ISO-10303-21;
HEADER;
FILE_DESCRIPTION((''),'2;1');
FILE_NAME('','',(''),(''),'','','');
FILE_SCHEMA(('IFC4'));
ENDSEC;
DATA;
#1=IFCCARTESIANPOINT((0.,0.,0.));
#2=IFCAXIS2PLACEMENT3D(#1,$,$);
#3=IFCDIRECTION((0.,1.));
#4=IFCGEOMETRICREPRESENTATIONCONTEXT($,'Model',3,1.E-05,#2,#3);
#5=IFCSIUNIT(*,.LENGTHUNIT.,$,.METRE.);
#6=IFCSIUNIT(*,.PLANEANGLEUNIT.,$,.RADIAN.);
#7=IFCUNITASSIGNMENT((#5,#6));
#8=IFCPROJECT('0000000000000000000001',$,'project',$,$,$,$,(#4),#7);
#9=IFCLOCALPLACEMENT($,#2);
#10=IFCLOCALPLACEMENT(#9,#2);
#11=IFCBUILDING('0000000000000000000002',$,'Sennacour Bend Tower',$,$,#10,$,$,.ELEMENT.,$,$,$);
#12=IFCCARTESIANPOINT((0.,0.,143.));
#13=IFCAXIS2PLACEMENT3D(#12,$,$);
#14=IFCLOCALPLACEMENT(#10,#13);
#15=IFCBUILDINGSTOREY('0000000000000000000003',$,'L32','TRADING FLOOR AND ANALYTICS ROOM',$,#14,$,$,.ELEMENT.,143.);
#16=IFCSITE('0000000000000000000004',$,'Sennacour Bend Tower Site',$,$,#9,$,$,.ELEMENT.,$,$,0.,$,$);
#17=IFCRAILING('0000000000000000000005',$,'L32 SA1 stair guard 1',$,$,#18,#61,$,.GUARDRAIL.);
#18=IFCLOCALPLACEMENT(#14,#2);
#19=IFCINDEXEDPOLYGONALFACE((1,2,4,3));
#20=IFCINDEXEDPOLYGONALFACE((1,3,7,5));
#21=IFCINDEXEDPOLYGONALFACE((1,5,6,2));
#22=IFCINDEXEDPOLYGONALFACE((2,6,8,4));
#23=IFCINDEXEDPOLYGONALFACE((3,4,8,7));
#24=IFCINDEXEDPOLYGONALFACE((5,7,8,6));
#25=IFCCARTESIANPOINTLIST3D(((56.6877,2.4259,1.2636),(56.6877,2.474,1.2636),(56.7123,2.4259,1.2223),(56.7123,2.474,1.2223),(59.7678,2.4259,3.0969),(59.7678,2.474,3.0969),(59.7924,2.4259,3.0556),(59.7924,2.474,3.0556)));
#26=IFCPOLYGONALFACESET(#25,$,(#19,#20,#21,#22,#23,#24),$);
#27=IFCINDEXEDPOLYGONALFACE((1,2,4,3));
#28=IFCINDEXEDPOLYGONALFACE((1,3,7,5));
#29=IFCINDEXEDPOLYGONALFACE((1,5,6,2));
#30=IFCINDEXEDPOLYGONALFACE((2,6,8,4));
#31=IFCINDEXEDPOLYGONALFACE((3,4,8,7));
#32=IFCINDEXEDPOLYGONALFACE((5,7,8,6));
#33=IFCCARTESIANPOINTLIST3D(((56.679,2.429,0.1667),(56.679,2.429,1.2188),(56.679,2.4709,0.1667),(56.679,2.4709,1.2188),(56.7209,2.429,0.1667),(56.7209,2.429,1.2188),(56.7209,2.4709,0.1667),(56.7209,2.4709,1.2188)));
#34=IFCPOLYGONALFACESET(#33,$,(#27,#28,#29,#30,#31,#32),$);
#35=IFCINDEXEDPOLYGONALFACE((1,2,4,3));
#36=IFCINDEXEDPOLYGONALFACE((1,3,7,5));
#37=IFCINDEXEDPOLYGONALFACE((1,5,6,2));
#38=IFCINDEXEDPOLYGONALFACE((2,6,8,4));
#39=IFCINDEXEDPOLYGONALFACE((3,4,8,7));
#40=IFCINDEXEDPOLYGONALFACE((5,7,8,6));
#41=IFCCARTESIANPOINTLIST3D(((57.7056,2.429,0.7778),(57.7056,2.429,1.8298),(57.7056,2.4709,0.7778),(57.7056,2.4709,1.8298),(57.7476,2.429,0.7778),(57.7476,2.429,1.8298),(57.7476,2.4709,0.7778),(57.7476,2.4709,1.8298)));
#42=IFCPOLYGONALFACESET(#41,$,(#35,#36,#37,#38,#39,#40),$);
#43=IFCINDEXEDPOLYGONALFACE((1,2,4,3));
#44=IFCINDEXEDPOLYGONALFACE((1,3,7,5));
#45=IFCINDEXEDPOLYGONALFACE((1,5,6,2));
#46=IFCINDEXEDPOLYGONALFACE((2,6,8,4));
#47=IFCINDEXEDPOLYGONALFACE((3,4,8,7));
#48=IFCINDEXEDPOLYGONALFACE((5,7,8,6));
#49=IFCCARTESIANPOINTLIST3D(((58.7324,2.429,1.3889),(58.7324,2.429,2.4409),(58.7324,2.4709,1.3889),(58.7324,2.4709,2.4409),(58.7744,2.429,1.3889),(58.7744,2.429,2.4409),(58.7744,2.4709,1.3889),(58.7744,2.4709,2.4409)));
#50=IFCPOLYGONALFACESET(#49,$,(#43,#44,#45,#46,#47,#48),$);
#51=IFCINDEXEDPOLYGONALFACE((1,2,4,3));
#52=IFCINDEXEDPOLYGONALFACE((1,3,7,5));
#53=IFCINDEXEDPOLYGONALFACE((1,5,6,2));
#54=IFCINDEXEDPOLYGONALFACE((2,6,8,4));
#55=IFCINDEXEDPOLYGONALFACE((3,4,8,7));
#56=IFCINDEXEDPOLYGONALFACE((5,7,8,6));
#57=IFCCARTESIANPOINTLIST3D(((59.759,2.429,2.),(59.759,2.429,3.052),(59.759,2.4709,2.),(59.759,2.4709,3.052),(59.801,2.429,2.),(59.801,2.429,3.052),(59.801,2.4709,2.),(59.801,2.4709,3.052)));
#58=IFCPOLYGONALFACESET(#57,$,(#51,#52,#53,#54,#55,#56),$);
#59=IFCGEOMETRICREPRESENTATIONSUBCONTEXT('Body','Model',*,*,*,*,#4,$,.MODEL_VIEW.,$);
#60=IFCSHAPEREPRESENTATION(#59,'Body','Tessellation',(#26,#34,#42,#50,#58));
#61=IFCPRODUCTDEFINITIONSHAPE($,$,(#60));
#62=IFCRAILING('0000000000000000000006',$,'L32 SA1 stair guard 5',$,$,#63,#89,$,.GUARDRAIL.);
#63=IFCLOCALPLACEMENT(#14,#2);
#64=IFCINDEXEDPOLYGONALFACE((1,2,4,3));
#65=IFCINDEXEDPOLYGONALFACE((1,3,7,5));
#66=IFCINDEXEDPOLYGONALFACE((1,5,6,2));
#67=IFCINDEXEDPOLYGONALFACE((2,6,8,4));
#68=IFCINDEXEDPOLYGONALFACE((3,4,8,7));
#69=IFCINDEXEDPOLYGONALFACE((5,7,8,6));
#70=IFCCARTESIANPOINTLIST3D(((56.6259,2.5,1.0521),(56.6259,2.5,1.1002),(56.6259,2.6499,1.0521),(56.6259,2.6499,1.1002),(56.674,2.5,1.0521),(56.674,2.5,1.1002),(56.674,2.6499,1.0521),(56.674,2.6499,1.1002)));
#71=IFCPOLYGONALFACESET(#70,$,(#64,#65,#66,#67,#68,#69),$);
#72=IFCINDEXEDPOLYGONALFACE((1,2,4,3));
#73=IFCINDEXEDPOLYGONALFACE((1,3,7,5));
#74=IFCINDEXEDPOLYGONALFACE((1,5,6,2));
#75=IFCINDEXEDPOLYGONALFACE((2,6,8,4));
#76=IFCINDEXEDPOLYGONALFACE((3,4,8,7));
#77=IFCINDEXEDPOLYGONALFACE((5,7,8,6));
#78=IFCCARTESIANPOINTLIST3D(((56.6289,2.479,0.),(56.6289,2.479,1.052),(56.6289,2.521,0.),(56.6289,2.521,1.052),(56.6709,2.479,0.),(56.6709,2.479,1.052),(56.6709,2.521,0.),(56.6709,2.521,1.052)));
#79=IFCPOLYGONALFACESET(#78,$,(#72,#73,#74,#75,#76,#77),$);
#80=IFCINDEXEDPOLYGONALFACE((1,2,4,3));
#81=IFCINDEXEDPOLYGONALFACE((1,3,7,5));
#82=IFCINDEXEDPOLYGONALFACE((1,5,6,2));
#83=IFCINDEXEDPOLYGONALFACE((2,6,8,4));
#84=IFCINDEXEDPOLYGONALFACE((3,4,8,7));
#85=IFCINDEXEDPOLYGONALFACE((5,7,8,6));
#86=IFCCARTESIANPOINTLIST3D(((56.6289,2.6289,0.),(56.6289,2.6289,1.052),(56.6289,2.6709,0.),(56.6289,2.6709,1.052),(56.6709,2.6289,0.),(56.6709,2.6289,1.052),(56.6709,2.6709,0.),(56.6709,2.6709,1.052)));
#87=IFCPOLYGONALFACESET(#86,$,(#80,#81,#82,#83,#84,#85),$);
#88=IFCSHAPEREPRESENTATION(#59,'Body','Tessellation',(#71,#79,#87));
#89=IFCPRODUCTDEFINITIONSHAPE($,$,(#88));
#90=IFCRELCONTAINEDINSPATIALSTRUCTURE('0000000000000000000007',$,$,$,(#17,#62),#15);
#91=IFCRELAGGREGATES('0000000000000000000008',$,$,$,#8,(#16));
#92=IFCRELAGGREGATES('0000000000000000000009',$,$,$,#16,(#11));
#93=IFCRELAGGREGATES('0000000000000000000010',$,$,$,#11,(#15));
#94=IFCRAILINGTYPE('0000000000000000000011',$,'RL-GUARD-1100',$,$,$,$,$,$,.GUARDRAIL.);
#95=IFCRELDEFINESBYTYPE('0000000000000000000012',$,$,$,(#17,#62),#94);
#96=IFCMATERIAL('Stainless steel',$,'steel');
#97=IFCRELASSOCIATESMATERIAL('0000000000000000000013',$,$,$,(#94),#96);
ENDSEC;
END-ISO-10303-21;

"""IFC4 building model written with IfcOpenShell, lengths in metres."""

from ifc_helpers import new_model, si_unit, direction, frame, origin, origin_2d, place, context, subcontext, project, spatial, rectangle, extrude, material, type_object, element, save


model = new_model("IFC4")

# Units and contexts
model_context = context("Model", 3, precision=1e-05, world=origin(), true_north=direction((0.0, 1.0)))
body_context = subcontext(model_context, "Body", "Model", "MODEL_VIEW")
ifc_project = project(units=[si_unit("LENGTHUNIT", "METRE"), si_unit("PLANEANGLEUNIT", "RADIAN")], contexts=[model_context])

# Site, building, storey
site_placement = place(None, origin())
site = spatial("IfcSite", under=ifc_project, at=site_placement, Name="Sennacour Bend Tower Site", CompositionType="ELEMENT", RefElevation=0.0)
building_placement = place(site_placement, origin())
building = spatial("IfcBuilding", under=site, at=building_placement, Name="Sennacour Bend Tower", CompositionType="ELEMENT")
storey_placement = place(building_placement, frame((0.0, 0.0, 143.0)))
storey = spatial("IfcBuildingStorey", under=building, at=storey_placement, Name="L32", Description="TRADING FLOOR AND ANALYTICS ROOM", CompositionType="ELEMENT", Elevation=143.0)

# Shared definitions
ifc_material_1 = material(Name="Stainless steel", Category="steel")

# Railings
railing_type = type_object("IfcRailingType", Name="RL-GUARD-1100", PredefinedType="GUARDRAIL", material=ifc_material_1)
railing_1_placement = place(storey_placement, frame((56.7, 2.45, 0.1667)))
element("IfcRailing", 1, at=railing_1_placement, inside=storey, type_object=railing_type, Name="L32 SA1 stair guard 1", PredefinedType="GUARDRAIL", context=body_context, shape_type="SweptSolid", body=[
    extrude(rectangle(XDim=0.0481, YDim=0.0481, at=origin_2d()), frame((0.0, 0.0, 1.0762), z_axis=(0.859309, 0.0, 0.511458), x_axis=(0.0, 1.0, 0.0)), (0.0, 0.0, 1.0), 3.5845),
    extrude(rectangle(XDim=0.042, YDim=0.042, at=origin_2d()), origin(), (0.0, 0.0, 1.0), 1.052),
    extrude(rectangle(XDim=0.042, YDim=0.042, at=origin_2d()), frame((1.0266, 0.0, 0.6111)), (0.0, 0.0, 1.0), 1.052),
    extrude(rectangle(XDim=0.042, YDim=0.042, at=origin_2d()), frame((2.0535, 0.0, 1.2222)), (0.0, 0.0, 1.0), 1.052),
    extrude(rectangle(XDim=0.042, YDim=0.042, at=origin_2d()), frame((3.0801, 0.0, 1.8333)), (0.0, 0.0, 1.0), 1.052),
])
railing_2_placement = place(storey_placement, frame((56.6499, 2.5, 0.0)))
element("IfcRailing", 2, at=railing_2_placement, inside=storey, type_object=railing_type, Name="L32 SA1 stair guard 5", PredefinedType="GUARDRAIL", context=body_context, shape_type="SweptSolid", body=[
    extrude(rectangle(XDim=0.0481, YDim=0.0481, at=origin_2d()), frame((0.0, 0.0, 1.0762), z_axis=(0.0, 1.0, 0.0), x_axis=(-1.0, 0.0, 0.0)), (0.0, 0.0, 1.0), 0.1499),
    extrude(rectangle(XDim=0.042, YDim=0.042, at=origin_2d()), origin(), (0.0, 0.0, 1.0), 1.052),
    extrude(rectangle(XDim=0.042, YDim=0.042, at=origin_2d()), frame((0.0, 0.1499, 0.0)), (0.0, 0.0, 1.0), 1.052),
])

save(model, "model.ifc")
